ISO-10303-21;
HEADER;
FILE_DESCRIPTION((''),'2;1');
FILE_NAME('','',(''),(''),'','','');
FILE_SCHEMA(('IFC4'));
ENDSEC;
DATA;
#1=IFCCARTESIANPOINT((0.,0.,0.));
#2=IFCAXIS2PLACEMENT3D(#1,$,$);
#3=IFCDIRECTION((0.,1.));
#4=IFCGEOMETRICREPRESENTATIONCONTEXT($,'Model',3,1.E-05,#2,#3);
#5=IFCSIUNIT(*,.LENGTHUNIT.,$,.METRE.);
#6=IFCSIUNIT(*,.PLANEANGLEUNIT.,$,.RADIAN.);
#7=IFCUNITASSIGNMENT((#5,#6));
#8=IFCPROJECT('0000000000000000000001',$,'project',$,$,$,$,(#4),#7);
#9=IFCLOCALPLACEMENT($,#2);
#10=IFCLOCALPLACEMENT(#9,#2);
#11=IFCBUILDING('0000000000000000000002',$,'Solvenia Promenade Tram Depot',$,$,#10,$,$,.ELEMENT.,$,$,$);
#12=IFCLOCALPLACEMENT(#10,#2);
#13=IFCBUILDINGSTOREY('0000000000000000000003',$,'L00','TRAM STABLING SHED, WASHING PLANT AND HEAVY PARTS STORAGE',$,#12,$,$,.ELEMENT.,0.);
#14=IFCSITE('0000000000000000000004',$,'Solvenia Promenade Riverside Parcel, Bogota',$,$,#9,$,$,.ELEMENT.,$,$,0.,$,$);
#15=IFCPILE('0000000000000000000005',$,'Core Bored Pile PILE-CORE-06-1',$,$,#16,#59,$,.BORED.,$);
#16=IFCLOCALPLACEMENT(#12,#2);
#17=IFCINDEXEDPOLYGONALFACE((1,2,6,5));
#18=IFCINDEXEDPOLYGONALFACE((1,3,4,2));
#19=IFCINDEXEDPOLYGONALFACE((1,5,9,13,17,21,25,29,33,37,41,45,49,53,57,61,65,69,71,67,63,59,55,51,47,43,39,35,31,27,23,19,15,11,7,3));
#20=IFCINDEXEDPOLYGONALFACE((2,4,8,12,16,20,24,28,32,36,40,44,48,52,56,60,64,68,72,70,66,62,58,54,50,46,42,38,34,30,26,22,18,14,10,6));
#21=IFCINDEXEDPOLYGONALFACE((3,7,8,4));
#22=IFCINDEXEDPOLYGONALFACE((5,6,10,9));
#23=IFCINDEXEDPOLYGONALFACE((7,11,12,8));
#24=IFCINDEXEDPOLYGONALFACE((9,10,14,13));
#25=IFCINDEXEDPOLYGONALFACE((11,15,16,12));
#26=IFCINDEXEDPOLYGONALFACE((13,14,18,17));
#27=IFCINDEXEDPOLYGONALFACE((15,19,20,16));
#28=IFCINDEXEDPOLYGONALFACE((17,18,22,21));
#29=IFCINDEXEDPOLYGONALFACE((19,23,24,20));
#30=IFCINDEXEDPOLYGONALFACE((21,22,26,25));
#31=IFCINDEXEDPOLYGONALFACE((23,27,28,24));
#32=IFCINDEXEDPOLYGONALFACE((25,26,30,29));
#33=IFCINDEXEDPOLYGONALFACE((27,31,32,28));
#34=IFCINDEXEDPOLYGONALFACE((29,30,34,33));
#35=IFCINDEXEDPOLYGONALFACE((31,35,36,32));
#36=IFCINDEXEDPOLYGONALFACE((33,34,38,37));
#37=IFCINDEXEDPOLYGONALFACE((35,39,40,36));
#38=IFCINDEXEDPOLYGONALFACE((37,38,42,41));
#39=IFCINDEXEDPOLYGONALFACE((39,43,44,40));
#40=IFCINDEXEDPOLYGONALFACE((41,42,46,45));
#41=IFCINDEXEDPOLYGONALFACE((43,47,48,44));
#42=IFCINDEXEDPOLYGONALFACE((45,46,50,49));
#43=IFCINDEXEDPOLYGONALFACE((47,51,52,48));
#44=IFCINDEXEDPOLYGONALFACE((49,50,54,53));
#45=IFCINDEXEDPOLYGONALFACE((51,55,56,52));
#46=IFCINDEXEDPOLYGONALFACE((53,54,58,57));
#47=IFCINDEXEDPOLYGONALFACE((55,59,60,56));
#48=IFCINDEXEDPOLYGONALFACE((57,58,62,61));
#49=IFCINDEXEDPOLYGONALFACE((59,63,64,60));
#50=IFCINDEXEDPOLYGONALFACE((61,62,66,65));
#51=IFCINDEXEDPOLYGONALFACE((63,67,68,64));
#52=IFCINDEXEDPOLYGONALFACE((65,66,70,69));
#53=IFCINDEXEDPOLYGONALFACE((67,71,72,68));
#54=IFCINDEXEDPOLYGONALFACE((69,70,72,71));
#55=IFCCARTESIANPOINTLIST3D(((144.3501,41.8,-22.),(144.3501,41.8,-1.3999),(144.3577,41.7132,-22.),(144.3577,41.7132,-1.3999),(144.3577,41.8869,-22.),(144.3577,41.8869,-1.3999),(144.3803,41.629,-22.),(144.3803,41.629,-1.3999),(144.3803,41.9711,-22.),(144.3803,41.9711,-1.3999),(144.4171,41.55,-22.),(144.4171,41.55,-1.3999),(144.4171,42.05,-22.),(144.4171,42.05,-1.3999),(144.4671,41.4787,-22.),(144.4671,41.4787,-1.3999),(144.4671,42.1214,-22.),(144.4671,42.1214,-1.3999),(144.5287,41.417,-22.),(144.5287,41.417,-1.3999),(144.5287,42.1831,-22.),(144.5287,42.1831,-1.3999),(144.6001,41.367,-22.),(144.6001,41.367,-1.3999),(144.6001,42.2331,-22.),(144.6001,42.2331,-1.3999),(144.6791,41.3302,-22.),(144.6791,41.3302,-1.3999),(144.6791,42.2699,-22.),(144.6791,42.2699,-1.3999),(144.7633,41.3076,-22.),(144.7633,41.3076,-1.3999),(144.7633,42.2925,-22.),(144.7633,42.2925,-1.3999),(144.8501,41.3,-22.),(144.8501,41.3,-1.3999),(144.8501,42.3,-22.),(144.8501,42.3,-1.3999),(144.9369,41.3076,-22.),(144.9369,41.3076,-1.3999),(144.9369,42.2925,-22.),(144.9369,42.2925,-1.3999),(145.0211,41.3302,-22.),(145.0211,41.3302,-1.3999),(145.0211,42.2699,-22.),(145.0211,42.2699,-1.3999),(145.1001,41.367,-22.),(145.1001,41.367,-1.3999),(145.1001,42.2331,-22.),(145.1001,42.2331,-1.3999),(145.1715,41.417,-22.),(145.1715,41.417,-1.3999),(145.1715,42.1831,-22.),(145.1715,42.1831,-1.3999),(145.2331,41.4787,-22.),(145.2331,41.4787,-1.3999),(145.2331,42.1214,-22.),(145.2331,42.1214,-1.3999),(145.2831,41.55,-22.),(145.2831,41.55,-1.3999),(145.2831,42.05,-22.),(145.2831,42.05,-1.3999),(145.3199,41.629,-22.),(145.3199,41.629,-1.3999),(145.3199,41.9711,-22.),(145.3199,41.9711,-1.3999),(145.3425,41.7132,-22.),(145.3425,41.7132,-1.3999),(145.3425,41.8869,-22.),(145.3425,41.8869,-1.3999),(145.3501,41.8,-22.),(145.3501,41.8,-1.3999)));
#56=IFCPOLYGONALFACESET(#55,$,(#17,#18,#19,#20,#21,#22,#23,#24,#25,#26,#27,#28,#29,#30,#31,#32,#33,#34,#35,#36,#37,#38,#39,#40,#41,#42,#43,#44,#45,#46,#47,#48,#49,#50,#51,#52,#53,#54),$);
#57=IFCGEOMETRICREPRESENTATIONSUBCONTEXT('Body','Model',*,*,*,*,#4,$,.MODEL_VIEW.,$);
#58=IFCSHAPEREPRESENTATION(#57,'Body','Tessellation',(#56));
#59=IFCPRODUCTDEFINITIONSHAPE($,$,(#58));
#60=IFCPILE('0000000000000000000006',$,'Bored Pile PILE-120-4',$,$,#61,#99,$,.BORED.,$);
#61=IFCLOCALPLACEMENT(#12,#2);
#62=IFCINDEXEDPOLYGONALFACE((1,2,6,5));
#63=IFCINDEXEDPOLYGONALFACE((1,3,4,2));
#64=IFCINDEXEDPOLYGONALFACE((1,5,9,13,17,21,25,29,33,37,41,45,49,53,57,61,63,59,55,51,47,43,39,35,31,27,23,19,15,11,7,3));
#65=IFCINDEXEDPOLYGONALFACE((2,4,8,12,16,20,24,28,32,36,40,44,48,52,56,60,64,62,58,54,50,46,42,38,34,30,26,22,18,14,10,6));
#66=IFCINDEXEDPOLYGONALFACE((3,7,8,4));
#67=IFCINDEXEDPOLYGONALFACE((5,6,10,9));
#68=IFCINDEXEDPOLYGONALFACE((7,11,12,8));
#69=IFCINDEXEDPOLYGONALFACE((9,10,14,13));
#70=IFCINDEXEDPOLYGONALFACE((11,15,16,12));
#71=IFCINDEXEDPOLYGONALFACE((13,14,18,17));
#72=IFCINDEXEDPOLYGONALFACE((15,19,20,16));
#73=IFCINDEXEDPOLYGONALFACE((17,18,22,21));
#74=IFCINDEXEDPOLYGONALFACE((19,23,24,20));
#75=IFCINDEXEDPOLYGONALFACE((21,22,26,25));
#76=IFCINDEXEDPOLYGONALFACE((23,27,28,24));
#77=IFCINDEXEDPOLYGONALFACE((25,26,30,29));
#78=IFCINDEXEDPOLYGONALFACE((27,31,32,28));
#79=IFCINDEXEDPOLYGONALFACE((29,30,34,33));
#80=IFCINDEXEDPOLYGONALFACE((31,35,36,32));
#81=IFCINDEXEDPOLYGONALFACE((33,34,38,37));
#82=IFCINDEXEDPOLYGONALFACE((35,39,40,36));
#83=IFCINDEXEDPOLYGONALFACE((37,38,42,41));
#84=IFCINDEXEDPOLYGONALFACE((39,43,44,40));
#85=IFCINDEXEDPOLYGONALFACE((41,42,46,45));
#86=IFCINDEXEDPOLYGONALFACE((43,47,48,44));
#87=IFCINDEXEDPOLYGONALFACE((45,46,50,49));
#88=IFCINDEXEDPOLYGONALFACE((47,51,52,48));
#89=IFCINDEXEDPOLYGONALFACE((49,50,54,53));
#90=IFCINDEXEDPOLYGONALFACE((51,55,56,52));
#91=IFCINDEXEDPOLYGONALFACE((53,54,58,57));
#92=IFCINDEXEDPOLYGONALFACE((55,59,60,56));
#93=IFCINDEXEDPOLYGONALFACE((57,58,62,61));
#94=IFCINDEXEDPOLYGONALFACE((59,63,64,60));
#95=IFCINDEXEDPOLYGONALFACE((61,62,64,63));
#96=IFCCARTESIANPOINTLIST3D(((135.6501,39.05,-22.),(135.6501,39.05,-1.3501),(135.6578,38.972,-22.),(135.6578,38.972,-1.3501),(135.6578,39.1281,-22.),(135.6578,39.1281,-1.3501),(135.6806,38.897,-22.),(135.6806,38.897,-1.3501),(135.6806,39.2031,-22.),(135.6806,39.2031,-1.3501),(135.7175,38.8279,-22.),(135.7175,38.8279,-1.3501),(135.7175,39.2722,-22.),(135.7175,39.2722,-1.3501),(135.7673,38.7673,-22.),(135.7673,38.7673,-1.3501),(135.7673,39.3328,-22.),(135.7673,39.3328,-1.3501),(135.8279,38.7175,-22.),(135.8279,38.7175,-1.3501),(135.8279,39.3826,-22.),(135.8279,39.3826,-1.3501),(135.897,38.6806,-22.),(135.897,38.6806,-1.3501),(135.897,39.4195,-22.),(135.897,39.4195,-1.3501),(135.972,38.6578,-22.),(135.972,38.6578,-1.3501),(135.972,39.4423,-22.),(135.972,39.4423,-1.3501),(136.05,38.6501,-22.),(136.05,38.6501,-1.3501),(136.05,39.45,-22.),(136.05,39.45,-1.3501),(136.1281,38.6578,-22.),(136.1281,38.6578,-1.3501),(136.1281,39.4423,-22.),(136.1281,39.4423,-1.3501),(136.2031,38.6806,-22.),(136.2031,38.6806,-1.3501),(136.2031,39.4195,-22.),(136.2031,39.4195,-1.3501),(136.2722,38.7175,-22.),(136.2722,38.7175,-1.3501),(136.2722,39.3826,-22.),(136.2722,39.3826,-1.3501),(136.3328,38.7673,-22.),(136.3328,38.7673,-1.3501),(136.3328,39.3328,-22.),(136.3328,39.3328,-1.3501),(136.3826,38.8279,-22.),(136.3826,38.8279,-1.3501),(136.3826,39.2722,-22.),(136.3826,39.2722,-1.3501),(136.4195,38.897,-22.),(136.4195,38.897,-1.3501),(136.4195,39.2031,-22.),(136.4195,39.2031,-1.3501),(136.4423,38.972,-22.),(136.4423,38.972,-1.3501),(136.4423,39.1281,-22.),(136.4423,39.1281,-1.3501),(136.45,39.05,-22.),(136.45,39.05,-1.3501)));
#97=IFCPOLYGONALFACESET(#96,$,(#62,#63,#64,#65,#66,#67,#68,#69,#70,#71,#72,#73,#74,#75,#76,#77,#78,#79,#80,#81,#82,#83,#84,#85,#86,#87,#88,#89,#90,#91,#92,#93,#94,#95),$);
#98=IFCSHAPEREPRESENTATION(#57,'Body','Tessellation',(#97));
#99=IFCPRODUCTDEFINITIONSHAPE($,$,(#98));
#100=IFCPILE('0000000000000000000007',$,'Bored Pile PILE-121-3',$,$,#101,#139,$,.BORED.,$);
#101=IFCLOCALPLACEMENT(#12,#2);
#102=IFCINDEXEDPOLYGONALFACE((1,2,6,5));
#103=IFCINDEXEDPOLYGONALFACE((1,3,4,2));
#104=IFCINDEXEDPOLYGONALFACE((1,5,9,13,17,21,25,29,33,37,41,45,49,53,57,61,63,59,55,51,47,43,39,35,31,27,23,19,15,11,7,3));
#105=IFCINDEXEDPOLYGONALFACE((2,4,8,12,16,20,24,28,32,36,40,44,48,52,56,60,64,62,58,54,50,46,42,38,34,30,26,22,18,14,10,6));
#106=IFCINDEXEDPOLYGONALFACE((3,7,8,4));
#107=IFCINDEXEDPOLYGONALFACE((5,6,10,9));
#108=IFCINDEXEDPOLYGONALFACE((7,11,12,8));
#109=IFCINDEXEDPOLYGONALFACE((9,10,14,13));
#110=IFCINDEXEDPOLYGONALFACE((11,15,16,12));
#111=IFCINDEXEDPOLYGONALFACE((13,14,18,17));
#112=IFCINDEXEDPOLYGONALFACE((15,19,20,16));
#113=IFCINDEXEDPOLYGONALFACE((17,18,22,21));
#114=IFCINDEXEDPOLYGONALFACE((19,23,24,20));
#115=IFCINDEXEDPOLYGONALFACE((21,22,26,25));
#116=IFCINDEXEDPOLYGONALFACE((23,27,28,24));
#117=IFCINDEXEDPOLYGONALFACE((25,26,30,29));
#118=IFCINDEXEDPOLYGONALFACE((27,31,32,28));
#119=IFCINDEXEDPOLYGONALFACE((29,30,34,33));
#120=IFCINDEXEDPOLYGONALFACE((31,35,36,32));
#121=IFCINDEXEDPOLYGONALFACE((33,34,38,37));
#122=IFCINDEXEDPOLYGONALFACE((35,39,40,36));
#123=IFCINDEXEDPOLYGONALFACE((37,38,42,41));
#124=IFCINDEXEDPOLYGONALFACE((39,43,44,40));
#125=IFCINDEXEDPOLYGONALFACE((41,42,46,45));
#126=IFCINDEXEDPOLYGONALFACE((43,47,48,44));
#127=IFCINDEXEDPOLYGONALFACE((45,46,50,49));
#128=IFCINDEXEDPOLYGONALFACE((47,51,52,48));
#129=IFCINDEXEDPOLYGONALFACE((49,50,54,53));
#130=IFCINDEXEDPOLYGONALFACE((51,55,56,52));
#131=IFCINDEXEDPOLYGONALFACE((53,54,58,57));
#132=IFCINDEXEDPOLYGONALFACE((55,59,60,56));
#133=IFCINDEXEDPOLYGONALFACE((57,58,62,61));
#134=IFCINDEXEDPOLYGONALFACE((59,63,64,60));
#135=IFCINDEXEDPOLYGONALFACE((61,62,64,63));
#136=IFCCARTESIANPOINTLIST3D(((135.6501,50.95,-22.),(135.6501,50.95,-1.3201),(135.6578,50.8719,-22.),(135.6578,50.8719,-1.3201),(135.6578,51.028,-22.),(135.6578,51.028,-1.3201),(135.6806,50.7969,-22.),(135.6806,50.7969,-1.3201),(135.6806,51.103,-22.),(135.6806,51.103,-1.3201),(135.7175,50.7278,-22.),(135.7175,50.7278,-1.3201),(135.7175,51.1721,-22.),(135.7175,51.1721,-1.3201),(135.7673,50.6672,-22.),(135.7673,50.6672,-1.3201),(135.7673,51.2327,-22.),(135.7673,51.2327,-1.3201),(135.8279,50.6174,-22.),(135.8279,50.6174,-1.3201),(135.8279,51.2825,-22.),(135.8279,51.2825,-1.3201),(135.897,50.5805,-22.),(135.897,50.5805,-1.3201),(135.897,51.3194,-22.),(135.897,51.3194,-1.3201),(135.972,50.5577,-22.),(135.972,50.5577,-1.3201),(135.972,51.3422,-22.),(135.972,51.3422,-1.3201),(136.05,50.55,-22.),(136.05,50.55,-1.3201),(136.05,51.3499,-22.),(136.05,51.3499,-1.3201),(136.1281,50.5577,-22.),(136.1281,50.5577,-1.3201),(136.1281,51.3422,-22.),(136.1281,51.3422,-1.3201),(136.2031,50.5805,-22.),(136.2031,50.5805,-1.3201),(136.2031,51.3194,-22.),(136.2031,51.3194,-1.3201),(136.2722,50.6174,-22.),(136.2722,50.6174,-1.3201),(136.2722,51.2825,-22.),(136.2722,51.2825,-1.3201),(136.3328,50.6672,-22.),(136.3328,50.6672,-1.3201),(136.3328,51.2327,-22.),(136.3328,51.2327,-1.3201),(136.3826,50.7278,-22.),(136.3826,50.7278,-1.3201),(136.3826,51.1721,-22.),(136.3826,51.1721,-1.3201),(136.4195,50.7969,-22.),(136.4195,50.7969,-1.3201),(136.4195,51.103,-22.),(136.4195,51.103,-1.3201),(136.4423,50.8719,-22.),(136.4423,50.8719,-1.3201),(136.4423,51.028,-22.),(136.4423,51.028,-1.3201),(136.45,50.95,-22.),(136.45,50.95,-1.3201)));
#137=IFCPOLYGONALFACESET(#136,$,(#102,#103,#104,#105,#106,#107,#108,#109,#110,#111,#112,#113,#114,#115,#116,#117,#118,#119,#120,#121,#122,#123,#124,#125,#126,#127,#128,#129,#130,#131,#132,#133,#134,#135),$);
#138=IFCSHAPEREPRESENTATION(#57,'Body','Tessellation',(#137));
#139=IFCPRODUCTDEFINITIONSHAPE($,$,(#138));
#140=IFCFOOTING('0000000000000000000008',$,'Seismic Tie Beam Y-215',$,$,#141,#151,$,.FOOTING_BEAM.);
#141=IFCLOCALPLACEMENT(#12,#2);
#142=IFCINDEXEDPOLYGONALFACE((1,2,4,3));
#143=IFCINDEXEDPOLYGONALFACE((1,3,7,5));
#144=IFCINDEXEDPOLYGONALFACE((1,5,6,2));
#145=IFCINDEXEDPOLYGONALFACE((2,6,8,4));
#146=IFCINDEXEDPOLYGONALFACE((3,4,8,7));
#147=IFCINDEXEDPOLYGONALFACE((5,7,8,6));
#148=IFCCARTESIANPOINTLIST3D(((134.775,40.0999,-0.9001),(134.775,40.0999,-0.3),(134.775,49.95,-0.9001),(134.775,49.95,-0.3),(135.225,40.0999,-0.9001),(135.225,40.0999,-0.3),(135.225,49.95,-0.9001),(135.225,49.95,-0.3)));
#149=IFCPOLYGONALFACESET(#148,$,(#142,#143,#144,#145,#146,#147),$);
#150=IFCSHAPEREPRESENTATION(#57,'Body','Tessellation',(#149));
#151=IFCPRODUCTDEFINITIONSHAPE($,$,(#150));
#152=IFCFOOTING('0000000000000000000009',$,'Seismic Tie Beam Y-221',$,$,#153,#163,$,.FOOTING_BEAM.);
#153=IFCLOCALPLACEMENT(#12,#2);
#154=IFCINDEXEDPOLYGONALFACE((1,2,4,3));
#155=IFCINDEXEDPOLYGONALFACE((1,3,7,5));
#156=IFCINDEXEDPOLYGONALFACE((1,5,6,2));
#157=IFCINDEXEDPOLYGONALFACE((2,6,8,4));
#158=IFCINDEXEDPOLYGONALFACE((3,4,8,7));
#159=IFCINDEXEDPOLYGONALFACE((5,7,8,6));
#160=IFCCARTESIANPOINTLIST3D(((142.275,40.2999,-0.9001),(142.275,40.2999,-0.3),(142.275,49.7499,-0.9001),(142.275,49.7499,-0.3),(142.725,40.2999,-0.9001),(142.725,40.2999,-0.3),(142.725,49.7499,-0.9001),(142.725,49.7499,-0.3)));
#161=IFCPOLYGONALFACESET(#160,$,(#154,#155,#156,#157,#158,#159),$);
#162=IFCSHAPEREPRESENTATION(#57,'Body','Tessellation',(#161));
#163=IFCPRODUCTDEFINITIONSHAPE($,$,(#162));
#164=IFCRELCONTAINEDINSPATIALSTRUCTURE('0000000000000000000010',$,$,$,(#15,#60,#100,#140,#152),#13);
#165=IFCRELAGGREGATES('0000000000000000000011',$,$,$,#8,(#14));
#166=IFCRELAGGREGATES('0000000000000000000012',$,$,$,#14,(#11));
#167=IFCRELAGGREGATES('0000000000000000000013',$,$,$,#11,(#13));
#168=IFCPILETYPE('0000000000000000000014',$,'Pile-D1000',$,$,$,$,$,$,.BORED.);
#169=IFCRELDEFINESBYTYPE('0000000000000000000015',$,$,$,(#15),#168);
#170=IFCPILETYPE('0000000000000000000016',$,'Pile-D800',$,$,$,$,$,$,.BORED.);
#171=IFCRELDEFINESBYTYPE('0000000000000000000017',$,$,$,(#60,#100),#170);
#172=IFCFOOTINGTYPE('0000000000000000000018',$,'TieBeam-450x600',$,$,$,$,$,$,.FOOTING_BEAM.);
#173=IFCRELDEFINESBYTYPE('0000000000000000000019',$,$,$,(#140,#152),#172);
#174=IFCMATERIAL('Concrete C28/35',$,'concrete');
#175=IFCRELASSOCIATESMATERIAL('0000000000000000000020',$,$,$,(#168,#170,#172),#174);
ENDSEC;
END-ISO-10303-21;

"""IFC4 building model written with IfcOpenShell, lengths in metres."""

from ifc_helpers import new_model, si_unit, direction, frame, origin, origin_2d, place, context, subcontext, project, spatial, rectangle, circle, extrude, material, material_profile, profile_set, type_object, element, save


model = new_model("IFC4")

# Units and contexts
model_context = context("Model", 3, precision=1e-05, world=origin(), true_north=direction((0.0, 1.0)))
body_context = subcontext(model_context, "Body", "Model", "MODEL_VIEW")
ifc_project = project(units=[si_unit("LENGTHUNIT", "METRE"), si_unit("PLANEANGLEUNIT", "RADIAN")], contexts=[model_context])

# Site, building, storey
site_placement = place(None, origin())
site = spatial("IfcSite", under=ifc_project, at=site_placement, Name="Solvenia Promenade Riverside Parcel, Bogota", CompositionType="ELEMENT", RefElevation=0.0)
building_placement = place(site_placement, origin())
building = spatial("IfcBuilding", under=site, at=building_placement, Name="Solvenia Promenade Tram Depot", CompositionType="ELEMENT")
storey_placement = place(building_placement, origin())
storey = spatial("IfcBuildingStorey", under=building, at=storey_placement, Name="L00", Description="TRAM STABLING SHED, WASHING PLANT AND HEAVY PARTS STORAGE", CompositionType="ELEMENT", Elevation=0.0)

# Piles
ifc_material_1 = material(Name="Concrete C28/35", Category="concrete")
ifc_material_profile_1 = material_profile(ifc_material_1, circle(Radius=0.5, at=origin_2d()), Name="D1000", Category="concrete")
ifc_profile_set_1 = profile_set([ifc_material_profile_1], Name="Concrete C28/35")
pile_type_1 = type_object("IfcPileType", Name="Pile-D1000", PredefinedType="BORED", material=ifc_profile_set_1)
pile_1_placement = place(storey_placement, frame((144.8501, 41.8, -1.3999), z_axis=(0.0, 0.0, -1.0), x_axis=(1.0, 0.0, 0.0)))
element("IfcPile", 1, at=pile_1_placement, inside=storey, type_object=pile_type_1, Name="Core Bored Pile PILE-CORE-06-1", PredefinedType="BORED", context=body_context, shape_type="SweptSolid", body=[
    extrude(circle(Radius=0.5, at=origin_2d()), origin(), (0.0, 0.0, 1.0), 20.6001),
])
ifc_material_profile_2 = material_profile(ifc_material_1, circle(Radius=0.3999, at=origin_2d()), Name="D800", Category="concrete")
ifc_profile_set_2 = profile_set([ifc_material_profile_2], Name="Concrete C28/35")
pile_type_2 = type_object("IfcPileType", Name="Pile-D800", PredefinedType="BORED", material=ifc_profile_set_2)
pile_2_placement = place(storey_placement, frame((136.05, 39.05, -1.3501), z_axis=(0.0, 0.0, -1.0), x_axis=(1.0, 0.0, 0.0)))
element("IfcPile", 2, at=pile_2_placement, inside=storey, type_object=pile_type_2, Name="Bored Pile PILE-120-4", PredefinedType="BORED", context=body_context, shape_type="SweptSolid", body=[
    extrude(circle(Radius=0.3999, at=origin_2d()), origin(), (0.0, 0.0, 1.0), 20.6499),
])
pile_3_placement = place(storey_placement, frame((136.05, 50.95, -1.3201), z_axis=(0.0, 0.0, -1.0), x_axis=(1.0, 0.0, 0.0)))
element("IfcPile", 3, at=pile_3_placement, inside=storey, type_object=pile_type_2, Name="Bored Pile PILE-121-3", PredefinedType="BORED", context=body_context, shape_type="SweptSolid", body=[
    extrude(circle(Radius=0.3999, at=origin_2d()), origin(), (0.0, 0.0, 1.0), 20.6799),
])

# Footings
footing_type = type_object("IfcFootingType", Name="TieBeam-450x600", PredefinedType="FOOTING_BEAM", material=ifc_material_1)
footing_1_placement = place(storey_placement, frame((135.0, 45.0249, -0.9001), z_axis=(0.0, 0.0, 1.0), x_axis=(1.0, 0.0, 0.0)))
element("IfcFooting", 4, at=footing_1_placement, inside=storey, type_object=footing_type, Name="Seismic Tie Beam Y-215", PredefinedType="FOOTING_BEAM", context=body_context, shape_type="SweptSolid", body=[
    extrude(rectangle(XDim=0.45, YDim=9.8501, at=origin_2d()), origin(), (0.0, 0.0, 1.0), 0.6001),
])
footing_2_placement = place(storey_placement, frame((142.5, 45.0249, -0.9001), z_axis=(0.0, 0.0, 1.0), x_axis=(1.0, 0.0, 0.0)))
element("IfcFooting", 5, at=footing_2_placement, inside=storey, type_object=footing_type, Name="Seismic Tie Beam Y-221", PredefinedType="FOOTING_BEAM", context=body_context, shape_type="SweptSolid", body=[
    extrude(rectangle(XDim=0.45, YDim=9.45, at=origin_2d()), origin(), (0.0, 0.0, 1.0), 0.6001),
])

save(model, "model.ifc")
